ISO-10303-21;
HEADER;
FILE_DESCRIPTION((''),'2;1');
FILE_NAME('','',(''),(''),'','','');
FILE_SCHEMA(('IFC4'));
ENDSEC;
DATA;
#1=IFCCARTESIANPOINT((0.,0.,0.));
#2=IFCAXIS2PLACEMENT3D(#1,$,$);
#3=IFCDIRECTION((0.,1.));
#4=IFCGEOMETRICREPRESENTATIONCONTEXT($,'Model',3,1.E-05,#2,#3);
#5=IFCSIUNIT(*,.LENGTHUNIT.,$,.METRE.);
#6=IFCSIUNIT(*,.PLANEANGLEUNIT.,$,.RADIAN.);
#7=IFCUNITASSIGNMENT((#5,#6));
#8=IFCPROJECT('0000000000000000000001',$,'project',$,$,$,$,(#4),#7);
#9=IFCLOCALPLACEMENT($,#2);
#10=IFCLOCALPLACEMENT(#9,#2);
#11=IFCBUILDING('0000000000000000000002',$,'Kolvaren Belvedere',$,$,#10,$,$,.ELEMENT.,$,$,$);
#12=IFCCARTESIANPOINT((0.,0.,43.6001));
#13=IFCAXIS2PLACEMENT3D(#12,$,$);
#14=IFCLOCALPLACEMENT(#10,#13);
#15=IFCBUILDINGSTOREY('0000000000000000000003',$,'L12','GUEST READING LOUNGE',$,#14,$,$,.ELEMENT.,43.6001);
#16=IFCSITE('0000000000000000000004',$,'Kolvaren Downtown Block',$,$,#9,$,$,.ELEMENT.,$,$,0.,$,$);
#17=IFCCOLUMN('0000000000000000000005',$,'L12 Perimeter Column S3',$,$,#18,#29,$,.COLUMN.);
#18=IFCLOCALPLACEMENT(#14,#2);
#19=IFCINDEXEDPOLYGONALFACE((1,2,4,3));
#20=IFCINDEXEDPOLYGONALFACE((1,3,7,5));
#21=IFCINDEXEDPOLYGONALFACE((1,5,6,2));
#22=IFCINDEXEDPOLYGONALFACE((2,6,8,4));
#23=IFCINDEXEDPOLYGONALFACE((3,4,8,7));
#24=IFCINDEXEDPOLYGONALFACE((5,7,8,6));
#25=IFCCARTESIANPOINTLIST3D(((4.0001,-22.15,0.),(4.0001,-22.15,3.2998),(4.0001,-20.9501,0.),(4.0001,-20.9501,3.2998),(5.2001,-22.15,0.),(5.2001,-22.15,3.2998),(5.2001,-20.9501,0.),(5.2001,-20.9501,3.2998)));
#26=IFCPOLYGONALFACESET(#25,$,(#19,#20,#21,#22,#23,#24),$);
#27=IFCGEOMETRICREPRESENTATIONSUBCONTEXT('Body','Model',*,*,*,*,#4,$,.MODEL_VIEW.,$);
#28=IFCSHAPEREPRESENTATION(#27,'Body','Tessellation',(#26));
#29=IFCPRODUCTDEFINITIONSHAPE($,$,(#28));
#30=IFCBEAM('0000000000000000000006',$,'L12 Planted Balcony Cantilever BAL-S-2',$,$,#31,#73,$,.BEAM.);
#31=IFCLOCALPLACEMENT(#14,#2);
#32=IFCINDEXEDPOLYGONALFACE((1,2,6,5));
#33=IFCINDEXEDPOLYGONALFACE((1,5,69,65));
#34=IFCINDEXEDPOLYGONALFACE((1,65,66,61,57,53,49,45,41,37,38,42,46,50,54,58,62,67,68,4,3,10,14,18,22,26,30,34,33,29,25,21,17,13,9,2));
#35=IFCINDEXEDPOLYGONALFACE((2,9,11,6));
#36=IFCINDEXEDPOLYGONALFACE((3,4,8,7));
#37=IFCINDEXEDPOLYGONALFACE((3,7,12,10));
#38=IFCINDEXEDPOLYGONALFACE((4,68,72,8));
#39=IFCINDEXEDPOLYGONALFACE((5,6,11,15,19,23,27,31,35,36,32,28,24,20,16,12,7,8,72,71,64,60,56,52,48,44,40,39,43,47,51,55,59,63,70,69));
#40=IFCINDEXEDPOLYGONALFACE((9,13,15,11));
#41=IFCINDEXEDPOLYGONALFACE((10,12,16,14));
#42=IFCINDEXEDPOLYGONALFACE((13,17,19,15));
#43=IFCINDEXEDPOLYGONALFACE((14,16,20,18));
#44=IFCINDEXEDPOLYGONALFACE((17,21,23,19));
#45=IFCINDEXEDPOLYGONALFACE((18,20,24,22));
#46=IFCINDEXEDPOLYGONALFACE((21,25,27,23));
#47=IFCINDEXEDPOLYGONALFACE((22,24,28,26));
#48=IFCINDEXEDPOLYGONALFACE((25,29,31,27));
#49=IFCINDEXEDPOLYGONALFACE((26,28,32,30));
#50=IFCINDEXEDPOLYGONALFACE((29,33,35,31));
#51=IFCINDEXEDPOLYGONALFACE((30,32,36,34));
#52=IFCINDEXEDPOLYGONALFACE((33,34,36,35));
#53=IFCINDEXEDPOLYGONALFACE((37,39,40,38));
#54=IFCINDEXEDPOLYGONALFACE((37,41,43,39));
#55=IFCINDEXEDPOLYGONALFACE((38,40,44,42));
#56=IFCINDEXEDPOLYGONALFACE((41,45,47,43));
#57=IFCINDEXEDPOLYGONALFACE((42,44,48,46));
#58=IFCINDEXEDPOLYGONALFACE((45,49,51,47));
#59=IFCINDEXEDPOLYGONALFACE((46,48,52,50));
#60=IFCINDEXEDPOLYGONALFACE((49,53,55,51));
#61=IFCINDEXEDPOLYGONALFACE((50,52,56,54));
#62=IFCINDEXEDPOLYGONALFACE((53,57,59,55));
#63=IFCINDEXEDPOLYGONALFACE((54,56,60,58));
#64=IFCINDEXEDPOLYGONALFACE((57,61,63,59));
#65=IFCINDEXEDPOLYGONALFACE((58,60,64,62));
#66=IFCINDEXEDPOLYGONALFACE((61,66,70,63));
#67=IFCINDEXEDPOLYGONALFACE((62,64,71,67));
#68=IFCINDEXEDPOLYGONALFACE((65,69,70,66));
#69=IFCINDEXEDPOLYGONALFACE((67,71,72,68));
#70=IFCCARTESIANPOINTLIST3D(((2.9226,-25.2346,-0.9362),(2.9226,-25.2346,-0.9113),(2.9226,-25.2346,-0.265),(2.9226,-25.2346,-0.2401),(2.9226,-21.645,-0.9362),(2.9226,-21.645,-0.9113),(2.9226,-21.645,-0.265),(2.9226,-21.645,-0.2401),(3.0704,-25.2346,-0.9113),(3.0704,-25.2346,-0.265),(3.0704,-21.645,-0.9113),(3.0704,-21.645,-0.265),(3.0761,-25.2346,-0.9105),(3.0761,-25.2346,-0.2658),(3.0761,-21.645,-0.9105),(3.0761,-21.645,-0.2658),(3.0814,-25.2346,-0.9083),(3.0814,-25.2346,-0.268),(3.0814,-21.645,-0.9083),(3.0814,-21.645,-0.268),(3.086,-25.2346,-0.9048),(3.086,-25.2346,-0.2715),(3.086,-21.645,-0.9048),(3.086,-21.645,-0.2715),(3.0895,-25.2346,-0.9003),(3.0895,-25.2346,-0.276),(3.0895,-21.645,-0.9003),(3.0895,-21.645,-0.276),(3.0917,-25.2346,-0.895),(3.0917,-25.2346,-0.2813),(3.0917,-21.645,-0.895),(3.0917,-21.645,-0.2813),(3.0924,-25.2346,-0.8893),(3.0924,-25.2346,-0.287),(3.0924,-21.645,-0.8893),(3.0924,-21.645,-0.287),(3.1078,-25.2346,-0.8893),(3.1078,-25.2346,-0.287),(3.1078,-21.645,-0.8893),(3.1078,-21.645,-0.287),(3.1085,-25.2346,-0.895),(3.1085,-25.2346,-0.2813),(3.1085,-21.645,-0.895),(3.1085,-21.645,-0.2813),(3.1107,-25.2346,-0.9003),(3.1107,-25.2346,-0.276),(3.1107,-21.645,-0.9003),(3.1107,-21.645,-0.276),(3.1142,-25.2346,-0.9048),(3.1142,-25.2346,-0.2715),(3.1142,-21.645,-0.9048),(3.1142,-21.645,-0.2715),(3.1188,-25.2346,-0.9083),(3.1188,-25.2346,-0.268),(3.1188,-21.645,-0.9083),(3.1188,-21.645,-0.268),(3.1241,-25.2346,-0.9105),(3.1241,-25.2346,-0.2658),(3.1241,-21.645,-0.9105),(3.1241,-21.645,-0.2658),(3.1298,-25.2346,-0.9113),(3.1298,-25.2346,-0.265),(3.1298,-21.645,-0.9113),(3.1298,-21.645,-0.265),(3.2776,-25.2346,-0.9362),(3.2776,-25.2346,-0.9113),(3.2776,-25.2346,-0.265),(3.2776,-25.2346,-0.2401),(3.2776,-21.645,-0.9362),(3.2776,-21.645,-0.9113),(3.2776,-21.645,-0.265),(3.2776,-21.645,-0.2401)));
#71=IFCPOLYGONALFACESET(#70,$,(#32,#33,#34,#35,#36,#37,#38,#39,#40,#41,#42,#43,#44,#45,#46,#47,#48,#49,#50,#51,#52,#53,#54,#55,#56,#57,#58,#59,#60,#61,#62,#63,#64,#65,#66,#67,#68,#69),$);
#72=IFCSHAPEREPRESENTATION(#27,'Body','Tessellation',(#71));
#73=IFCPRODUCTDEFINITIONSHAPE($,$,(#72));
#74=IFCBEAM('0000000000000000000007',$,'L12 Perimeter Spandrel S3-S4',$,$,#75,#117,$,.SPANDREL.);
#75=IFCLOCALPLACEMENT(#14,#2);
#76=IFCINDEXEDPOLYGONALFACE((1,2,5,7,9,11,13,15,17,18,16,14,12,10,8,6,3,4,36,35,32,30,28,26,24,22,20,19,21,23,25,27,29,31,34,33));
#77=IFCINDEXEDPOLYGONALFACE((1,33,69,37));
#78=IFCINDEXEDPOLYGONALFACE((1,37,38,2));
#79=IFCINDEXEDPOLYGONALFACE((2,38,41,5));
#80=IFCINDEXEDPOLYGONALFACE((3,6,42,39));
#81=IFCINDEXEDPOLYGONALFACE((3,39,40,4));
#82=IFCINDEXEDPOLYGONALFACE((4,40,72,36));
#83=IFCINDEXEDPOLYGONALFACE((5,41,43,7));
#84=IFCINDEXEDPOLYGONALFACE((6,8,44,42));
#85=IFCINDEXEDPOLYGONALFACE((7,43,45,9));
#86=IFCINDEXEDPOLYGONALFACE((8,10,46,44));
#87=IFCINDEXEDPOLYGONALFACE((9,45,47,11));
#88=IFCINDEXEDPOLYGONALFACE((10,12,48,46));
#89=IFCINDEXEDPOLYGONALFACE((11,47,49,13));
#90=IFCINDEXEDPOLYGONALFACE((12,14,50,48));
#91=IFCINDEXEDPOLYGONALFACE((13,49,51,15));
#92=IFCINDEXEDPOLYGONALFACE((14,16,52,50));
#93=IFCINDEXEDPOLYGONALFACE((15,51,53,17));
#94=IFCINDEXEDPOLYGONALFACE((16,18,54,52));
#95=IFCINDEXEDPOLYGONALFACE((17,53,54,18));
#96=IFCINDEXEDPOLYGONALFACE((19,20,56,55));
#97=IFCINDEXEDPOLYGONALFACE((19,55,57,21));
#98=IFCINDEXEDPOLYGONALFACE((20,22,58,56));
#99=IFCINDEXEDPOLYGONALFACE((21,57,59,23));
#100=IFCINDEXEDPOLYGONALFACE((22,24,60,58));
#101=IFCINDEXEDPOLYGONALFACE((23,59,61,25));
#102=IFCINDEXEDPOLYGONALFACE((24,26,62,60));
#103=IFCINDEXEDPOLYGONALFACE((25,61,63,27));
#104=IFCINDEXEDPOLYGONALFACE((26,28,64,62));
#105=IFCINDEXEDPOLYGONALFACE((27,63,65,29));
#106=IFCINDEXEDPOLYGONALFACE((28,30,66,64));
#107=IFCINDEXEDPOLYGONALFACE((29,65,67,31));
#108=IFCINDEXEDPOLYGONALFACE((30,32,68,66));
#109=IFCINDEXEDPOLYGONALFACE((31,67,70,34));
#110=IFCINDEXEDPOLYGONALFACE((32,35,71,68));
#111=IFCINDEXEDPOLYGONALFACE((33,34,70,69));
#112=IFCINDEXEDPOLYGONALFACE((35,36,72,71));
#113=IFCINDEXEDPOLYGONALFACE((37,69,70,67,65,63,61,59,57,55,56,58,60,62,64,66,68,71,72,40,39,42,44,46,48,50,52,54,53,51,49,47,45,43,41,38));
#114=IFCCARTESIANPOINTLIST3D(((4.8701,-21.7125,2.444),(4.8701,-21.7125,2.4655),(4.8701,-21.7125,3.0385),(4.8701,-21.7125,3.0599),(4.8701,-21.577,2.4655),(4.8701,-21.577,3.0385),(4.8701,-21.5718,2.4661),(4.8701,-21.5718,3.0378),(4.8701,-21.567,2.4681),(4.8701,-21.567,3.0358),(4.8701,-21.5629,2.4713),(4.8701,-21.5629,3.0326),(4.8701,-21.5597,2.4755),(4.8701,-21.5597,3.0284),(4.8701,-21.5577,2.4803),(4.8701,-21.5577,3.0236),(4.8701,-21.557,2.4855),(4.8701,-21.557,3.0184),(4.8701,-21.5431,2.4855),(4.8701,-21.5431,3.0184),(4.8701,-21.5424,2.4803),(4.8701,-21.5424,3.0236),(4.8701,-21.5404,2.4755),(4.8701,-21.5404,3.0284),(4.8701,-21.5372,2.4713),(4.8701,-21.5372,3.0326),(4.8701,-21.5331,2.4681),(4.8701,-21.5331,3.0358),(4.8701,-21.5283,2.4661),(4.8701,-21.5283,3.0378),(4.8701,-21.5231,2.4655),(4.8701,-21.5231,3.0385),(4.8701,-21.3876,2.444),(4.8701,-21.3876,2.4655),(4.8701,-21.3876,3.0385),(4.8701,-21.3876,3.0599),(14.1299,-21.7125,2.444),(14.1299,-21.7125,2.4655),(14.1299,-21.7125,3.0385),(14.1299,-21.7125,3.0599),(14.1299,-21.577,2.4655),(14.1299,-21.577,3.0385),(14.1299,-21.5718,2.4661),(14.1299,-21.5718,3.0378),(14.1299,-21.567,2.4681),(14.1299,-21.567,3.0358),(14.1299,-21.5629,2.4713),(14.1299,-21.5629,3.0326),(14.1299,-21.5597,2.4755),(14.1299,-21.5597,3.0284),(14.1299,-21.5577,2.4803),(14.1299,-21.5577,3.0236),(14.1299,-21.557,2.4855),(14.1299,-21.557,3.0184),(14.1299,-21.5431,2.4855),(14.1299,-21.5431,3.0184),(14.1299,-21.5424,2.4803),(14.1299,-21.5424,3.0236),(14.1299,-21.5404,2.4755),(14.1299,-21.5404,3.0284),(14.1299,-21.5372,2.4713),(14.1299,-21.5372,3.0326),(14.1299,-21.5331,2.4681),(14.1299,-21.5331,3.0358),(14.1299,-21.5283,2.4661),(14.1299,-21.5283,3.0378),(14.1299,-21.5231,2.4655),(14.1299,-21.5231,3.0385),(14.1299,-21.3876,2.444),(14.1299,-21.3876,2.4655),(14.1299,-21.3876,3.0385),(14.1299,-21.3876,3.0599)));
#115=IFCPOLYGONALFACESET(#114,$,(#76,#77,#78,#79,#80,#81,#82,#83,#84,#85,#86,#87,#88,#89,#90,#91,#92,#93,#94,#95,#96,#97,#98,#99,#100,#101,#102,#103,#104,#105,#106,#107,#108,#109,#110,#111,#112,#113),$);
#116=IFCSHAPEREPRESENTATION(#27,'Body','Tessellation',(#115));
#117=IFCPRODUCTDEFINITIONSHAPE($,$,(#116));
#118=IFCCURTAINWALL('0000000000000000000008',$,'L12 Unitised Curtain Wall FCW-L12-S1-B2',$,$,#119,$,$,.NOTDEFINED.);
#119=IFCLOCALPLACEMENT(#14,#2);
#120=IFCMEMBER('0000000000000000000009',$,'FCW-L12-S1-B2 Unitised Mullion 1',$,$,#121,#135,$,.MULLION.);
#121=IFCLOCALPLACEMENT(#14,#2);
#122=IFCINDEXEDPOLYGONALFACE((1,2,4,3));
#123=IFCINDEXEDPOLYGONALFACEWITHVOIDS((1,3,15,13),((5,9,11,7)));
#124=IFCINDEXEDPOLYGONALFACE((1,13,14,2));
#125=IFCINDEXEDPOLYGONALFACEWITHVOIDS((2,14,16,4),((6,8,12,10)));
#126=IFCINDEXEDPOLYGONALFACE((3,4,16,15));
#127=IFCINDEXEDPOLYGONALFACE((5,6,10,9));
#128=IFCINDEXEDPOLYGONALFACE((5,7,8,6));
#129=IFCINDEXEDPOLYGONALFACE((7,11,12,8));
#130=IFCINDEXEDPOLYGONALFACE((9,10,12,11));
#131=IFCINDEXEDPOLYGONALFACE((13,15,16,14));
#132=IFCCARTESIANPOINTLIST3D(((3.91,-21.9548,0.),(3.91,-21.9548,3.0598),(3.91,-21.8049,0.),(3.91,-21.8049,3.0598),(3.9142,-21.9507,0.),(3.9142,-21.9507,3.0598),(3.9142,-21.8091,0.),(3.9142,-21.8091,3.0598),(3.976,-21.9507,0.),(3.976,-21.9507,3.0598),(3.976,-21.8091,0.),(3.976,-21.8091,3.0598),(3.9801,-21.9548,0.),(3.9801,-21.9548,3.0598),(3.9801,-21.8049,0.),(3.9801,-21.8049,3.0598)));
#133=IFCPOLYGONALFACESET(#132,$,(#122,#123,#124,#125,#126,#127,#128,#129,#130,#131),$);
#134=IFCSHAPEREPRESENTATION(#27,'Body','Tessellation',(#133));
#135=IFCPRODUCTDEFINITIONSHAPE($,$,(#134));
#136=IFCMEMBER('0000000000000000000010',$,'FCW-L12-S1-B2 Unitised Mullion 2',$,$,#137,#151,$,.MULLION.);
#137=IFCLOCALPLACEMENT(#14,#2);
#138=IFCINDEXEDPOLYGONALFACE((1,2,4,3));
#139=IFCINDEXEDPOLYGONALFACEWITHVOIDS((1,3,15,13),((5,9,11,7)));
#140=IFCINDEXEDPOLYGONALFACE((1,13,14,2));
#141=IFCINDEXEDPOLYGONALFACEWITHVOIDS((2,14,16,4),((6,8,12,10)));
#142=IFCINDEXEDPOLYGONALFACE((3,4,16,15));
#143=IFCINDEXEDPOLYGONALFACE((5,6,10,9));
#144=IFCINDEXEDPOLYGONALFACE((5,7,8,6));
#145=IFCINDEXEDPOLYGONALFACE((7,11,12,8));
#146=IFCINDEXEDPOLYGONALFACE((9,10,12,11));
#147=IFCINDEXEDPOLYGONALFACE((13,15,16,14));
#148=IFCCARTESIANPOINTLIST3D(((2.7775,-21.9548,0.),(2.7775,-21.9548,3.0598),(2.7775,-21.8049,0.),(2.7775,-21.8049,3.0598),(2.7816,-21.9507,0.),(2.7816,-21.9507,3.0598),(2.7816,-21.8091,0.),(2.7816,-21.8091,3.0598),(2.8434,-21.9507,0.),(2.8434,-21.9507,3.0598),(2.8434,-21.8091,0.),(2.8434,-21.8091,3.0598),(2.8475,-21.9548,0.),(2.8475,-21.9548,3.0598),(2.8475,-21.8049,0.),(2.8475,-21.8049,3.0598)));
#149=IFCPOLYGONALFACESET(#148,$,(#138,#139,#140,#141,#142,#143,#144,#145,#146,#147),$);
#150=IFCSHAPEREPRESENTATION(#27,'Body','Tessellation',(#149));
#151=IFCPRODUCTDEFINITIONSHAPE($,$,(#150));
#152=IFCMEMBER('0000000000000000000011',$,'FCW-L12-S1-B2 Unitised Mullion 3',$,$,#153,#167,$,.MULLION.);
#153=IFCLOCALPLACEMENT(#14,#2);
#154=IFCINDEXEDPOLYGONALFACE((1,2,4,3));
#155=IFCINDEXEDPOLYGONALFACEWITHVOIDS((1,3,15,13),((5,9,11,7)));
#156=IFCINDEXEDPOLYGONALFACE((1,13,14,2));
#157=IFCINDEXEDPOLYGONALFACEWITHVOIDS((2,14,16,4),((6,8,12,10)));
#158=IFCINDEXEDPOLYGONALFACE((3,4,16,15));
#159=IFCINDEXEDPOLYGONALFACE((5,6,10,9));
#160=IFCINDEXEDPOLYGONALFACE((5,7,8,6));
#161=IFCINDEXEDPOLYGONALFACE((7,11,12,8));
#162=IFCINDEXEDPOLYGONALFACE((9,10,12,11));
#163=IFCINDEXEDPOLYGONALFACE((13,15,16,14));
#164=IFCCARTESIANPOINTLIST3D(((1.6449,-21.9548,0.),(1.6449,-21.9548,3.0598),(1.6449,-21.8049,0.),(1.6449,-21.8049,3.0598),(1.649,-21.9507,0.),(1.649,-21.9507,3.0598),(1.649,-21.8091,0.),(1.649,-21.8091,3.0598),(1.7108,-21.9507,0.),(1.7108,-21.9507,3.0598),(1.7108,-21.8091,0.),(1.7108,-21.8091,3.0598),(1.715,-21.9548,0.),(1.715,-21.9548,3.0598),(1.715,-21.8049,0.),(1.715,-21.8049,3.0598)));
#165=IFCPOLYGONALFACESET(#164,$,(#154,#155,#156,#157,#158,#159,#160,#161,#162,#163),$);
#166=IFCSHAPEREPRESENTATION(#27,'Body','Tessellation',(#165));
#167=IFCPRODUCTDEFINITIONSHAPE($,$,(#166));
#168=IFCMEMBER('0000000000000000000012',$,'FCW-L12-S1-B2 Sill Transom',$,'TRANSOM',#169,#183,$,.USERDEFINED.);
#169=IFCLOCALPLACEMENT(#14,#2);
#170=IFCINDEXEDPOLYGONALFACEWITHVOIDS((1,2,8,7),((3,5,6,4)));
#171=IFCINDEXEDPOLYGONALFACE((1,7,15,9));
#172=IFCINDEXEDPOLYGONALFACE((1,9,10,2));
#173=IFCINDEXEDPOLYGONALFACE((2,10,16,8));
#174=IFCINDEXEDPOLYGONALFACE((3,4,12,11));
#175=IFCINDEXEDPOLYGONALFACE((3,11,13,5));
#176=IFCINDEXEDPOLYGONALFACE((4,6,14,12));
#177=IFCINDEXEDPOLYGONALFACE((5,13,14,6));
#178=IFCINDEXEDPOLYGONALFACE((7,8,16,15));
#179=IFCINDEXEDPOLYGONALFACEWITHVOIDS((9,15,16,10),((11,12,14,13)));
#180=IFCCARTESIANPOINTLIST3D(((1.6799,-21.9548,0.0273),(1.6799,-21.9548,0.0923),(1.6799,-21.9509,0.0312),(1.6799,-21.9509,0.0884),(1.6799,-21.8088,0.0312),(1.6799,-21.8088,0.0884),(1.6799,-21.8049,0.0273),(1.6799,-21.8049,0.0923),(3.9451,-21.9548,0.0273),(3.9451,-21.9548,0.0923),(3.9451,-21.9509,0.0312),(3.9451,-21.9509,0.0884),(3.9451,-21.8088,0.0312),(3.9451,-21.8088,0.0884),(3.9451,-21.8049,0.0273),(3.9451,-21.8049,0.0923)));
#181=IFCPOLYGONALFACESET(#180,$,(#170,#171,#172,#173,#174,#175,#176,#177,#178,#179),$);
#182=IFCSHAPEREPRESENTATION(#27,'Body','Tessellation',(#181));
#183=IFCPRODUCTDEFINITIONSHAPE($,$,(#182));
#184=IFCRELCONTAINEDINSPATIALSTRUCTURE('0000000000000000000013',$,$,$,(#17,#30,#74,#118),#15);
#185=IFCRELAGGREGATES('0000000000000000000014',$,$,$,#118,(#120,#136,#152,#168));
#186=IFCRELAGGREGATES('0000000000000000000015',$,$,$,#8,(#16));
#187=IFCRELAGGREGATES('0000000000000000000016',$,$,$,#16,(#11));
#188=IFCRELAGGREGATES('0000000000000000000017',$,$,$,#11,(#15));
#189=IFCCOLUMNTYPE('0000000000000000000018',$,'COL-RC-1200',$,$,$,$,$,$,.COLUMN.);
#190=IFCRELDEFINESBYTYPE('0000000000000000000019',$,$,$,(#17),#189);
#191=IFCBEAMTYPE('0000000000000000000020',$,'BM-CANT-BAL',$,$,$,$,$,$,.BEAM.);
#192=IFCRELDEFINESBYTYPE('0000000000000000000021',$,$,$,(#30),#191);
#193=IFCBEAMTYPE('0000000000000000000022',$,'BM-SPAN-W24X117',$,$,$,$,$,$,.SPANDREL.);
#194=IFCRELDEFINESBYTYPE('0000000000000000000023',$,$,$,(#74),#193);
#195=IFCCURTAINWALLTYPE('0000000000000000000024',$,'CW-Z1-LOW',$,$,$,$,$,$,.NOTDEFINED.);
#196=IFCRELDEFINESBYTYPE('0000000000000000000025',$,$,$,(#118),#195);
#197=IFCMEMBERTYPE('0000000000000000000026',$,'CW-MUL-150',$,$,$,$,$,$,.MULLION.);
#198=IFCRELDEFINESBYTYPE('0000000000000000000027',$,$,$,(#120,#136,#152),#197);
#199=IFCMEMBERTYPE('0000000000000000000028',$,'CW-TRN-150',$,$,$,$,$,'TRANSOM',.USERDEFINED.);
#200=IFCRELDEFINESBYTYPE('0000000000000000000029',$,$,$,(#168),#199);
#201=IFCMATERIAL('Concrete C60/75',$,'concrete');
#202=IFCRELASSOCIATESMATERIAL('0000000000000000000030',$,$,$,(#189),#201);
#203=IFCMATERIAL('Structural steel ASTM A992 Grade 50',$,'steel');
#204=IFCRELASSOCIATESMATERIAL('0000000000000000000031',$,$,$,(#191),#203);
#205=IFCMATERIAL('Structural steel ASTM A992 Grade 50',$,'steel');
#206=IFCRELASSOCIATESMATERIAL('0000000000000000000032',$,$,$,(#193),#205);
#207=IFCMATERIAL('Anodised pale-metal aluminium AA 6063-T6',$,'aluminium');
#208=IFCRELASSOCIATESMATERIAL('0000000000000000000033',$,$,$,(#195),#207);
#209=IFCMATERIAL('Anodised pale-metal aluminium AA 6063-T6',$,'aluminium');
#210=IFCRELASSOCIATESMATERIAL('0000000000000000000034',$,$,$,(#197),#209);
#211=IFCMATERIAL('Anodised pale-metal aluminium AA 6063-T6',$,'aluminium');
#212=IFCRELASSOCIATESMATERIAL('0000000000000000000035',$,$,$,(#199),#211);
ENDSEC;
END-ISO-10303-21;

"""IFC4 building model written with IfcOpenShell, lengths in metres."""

from ifc_helpers import new_model, si_unit, direction, frame, origin, origin_2d, place, context, subcontext, project, spatial, rectangle, hollow_rectangle, i_section, extrude, material, material_profile, profile_set, type_object, element, aggregate, save


model = new_model("IFC4")

# Units and contexts
model_context = context("Model", 3, precision=1e-05, world=origin(), true_north=direction((0.0, 1.0)))
body_context = subcontext(model_context, "Body", "Model", "MODEL_VIEW")
ifc_project = project(units=[si_unit("LENGTHUNIT", "METRE"), si_unit("PLANEANGLEUNIT", "RADIAN")], contexts=[model_context])

# Site, building, storey
site_placement = place(None, origin())
site = spatial("IfcSite", under=ifc_project, at=site_placement, Name="Kolvaren Downtown Block", CompositionType="ELEMENT", RefElevation=0.0)
building_placement = place(site_placement, origin())
building = spatial("IfcBuilding", under=site, at=building_placement, Name="Kolvaren Belvedere", CompositionType="ELEMENT")
storey_placement = place(building_placement, frame((0.0, 0.0, 43.6001)))
storey = spatial("IfcBuildingStorey", under=building, at=storey_placement, Name="L12", Description="GUEST READING LOUNGE", CompositionType="ELEMENT", Elevation=43.6001)

# Column
ifc_material_1 = material(Name="Concrete C60/75", Category="concrete")
ifc_material_profile_1 = material_profile(ifc_material_1, rectangle(XDim=1.2, YDim=1.2, at=origin_2d()), Name="RC 1200X1200")
ifc_profile_set_1 = profile_set([ifc_material_profile_1], Name="Concrete C60/75")
column_type = type_object("IfcColumnType", Name="COL-RC-1200", PredefinedType="COLUMN", material=ifc_profile_set_1)
column_placement = place(storey_placement, frame((4.6001, -21.55, 0.0), z_axis=(0.0, 0.0, 1.0), x_axis=(1.0, 0.0, 0.0)))
element("IfcColumn", 1, at=column_placement, inside=storey, type_object=column_type, Name="L12 Perimeter Column S3", PredefinedType="COLUMN", context=body_context, shape_type="SweptSolid", body=[
    extrude(rectangle(XDim=1.2, YDim=1.2, at=origin_2d()), origin(), (0.0, 0.0, 1.0), 3.2998),
])

# Beams
ifc_material_2 = material(Name="Structural steel ASTM A992 Grade 50", Category="steel")
ifc_material_profile_2 = material_profile(ifc_material_2, i_section(OverallWidth=0.355, OverallDepth=0.696, WebThickness=0.0154, FlangeThickness=0.0249, FilletRadius=0.022, at=origin_2d()), Name="W27X146")
ifc_profile_set_2 = profile_set([ifc_material_profile_2], Name="Structural steel ASTM A992 Grade 50")
beam_type_1 = type_object("IfcBeamType", Name="BM-CANT-BAL", PredefinedType="BEAM", material=ifc_profile_set_2)
beam_1_placement = place(storey_placement, frame((3.1001, -21.645, -0.5881), z_axis=(0.0, -1.0, 0.0), x_axis=(1.0, 0.0, 0.0)))
element("IfcBeam", 2, at=beam_1_placement, inside=storey, type_object=beam_type_1, Name="L12 Planted Balcony Cantilever BAL-S-2", PredefinedType="BEAM", context=body_context, shape_type="SweptSolid", body=[
    extrude(i_section(OverallWidth=0.355, OverallDepth=0.696, WebThickness=0.0154, FlangeThickness=0.0249, FilletRadius=0.022, at=origin_2d()), origin(), (0.0, 0.0, 1.0), 3.5896),
])
ifc_material_3 = material(Name="Structural steel ASTM A992 Grade 50", Category="steel")
ifc_material_profile_3 = material_profile(ifc_material_3, i_section(OverallWidth=0.325, OverallDepth=0.616, WebThickness=0.0139, FlangeThickness=0.0215, FilletRadius=0.02, at=origin_2d()), Name="W24X117")
ifc_profile_set_3 = profile_set([ifc_material_profile_3], Name="Structural steel ASTM A992 Grade 50")
beam_type_2 = type_object("IfcBeamType", Name="BM-SPAN-W24X117", PredefinedType="SPANDREL", material=ifc_profile_set_3)
beam_2_placement = place(storey_placement, frame((4.8701, -21.55, 2.752), z_axis=(1.0, 0.0, 0.0), x_axis=(0.0, 1.0, 0.0)))
element("IfcBeam", 3, at=beam_2_placement, inside=storey, type_object=beam_type_2, Name="L12 Perimeter Spandrel S3-S4", PredefinedType="SPANDREL", context=body_context, shape_type="SweptSolid", body=[
    extrude(i_section(OverallWidth=0.325, OverallDepth=0.616, WebThickness=0.0139, FlangeThickness=0.0215, FilletRadius=0.02, at=origin_2d()), origin(), (0.0, 0.0, 1.0), 9.2598),
])

# Curtain wall, members
ifc_material_4 = material(Name="Anodised pale-metal aluminium AA 6063-T6", Category="aluminium")
curtain_wall_type = type_object("IfcCurtainWallType", Name="CW-Z1-LOW", PredefinedType="NOTDEFINED", material=ifc_material_4)
curtain_wall_placement = place(storey_placement, origin())
curtain_wall = element("IfcCurtainWall", 4, at=curtain_wall_placement, inside=storey, type_object=curtain_wall_type, Name="L12 Unitised Curtain Wall FCW-L12-S1-B2", PredefinedType="NOTDEFINED")
ifc_material_5 = material(Name="Anodised pale-metal aluminium AA 6063-T6", Category="aluminium")
ifc_material_profile_4 = material_profile(ifc_material_5, hollow_rectangle(XDim=0.0701, YDim=0.1499, WallThickness=0.0042, at=origin_2d()), Name="ALU-MUL-150X70")
ifc_profile_set_4 = profile_set([ifc_material_profile_4], Name="Anodised pale-metal aluminium AA 6063-T6")
member_type_1 = type_object("IfcMemberType", Name="CW-MUL-150", PredefinedType="MULLION", material=ifc_profile_set_4)
member_1_placement = place(storey_placement, frame((3.9451, -21.8799, 0.0), z_axis=(0.0, 0.0, 1.0), x_axis=(1.0, 0.0, 0.0)))
member_1 = element("IfcMember", 5, at=member_1_placement, type_object=member_type_1, Name="FCW-L12-S1-B2 Unitised Mullion 1", PredefinedType="MULLION", context=body_context, shape_type="SweptSolid", body=[
    extrude(hollow_rectangle(XDim=0.0701, YDim=0.1499, WallThickness=0.0042, at=origin_2d()), origin(), (0.0, 0.0, 1.0), 3.0598),
])
member_2_placement = place(storey_placement, frame((2.8125, -21.8799, 0.0), z_axis=(0.0, 0.0, 1.0), x_axis=(1.0, 0.0, 0.0)))
member_2 = element("IfcMember", 6, at=member_2_placement, type_object=member_type_1, Name="FCW-L12-S1-B2 Unitised Mullion 2", PredefinedType="MULLION", context=body_context, shape_type="SweptSolid", body=[
    extrude(hollow_rectangle(XDim=0.0701, YDim=0.1499, WallThickness=0.0042, at=origin_2d()), origin(), (0.0, 0.0, 1.0), 3.0598),
])
member_3_placement = place(storey_placement, frame((1.6799, -21.8799, 0.0), z_axis=(0.0, 0.0, 1.0), x_axis=(1.0, 0.0, 0.0)))
member_3 = element("IfcMember", 7, at=member_3_placement, type_object=member_type_1, Name="FCW-L12-S1-B2 Unitised Mullion 3", PredefinedType="MULLION", context=body_context, shape_type="SweptSolid", body=[
    extrude(hollow_rectangle(XDim=0.0701, YDim=0.1499, WallThickness=0.0042, at=origin_2d()), origin(), (0.0, 0.0, 1.0), 3.0598),
])
ifc_material_6 = material(Name="Anodised pale-metal aluminium AA 6063-T6", Category="aluminium")
ifc_material_profile_5 = material_profile(ifc_material_6, hollow_rectangle(XDim=0.0649, YDim=0.1499, WallThickness=0.0039, at=origin_2d()), Name="ALU-TRN-150X65")
ifc_profile_set_5 = profile_set([ifc_material_profile_5], Name="Anodised pale-metal aluminium AA 6063-T6")
member_type_2 = type_object("IfcMemberType", Name="CW-TRN-150", ElementType="TRANSOM", PredefinedType="USERDEFINED", material=ifc_profile_set_5)
member_4_placement = place(storey_placement, frame((3.9451, -21.8799, 0.0598), z_axis=(-1.0, 0.0, 0.0), x_axis=(0.0, 0.0, 1.0)))
member_4 = element("IfcMember", 8, at=member_4_placement, type_object=member_type_2, Name="FCW-L12-S1-B2 Sill Transom", ObjectType="TRANSOM", PredefinedType="USERDEFINED", context=body_context, shape_type="SweptSolid", body=[
    extrude(hollow_rectangle(XDim=0.0649, YDim=0.1499, WallThickness=0.0039, at=origin_2d()), origin(), (0.0, 0.0, 1.0), 2.2651),
])

aggregate(curtain_wall, [member_1, member_2, member_3, member_4])

save(model, "model.ifc")
